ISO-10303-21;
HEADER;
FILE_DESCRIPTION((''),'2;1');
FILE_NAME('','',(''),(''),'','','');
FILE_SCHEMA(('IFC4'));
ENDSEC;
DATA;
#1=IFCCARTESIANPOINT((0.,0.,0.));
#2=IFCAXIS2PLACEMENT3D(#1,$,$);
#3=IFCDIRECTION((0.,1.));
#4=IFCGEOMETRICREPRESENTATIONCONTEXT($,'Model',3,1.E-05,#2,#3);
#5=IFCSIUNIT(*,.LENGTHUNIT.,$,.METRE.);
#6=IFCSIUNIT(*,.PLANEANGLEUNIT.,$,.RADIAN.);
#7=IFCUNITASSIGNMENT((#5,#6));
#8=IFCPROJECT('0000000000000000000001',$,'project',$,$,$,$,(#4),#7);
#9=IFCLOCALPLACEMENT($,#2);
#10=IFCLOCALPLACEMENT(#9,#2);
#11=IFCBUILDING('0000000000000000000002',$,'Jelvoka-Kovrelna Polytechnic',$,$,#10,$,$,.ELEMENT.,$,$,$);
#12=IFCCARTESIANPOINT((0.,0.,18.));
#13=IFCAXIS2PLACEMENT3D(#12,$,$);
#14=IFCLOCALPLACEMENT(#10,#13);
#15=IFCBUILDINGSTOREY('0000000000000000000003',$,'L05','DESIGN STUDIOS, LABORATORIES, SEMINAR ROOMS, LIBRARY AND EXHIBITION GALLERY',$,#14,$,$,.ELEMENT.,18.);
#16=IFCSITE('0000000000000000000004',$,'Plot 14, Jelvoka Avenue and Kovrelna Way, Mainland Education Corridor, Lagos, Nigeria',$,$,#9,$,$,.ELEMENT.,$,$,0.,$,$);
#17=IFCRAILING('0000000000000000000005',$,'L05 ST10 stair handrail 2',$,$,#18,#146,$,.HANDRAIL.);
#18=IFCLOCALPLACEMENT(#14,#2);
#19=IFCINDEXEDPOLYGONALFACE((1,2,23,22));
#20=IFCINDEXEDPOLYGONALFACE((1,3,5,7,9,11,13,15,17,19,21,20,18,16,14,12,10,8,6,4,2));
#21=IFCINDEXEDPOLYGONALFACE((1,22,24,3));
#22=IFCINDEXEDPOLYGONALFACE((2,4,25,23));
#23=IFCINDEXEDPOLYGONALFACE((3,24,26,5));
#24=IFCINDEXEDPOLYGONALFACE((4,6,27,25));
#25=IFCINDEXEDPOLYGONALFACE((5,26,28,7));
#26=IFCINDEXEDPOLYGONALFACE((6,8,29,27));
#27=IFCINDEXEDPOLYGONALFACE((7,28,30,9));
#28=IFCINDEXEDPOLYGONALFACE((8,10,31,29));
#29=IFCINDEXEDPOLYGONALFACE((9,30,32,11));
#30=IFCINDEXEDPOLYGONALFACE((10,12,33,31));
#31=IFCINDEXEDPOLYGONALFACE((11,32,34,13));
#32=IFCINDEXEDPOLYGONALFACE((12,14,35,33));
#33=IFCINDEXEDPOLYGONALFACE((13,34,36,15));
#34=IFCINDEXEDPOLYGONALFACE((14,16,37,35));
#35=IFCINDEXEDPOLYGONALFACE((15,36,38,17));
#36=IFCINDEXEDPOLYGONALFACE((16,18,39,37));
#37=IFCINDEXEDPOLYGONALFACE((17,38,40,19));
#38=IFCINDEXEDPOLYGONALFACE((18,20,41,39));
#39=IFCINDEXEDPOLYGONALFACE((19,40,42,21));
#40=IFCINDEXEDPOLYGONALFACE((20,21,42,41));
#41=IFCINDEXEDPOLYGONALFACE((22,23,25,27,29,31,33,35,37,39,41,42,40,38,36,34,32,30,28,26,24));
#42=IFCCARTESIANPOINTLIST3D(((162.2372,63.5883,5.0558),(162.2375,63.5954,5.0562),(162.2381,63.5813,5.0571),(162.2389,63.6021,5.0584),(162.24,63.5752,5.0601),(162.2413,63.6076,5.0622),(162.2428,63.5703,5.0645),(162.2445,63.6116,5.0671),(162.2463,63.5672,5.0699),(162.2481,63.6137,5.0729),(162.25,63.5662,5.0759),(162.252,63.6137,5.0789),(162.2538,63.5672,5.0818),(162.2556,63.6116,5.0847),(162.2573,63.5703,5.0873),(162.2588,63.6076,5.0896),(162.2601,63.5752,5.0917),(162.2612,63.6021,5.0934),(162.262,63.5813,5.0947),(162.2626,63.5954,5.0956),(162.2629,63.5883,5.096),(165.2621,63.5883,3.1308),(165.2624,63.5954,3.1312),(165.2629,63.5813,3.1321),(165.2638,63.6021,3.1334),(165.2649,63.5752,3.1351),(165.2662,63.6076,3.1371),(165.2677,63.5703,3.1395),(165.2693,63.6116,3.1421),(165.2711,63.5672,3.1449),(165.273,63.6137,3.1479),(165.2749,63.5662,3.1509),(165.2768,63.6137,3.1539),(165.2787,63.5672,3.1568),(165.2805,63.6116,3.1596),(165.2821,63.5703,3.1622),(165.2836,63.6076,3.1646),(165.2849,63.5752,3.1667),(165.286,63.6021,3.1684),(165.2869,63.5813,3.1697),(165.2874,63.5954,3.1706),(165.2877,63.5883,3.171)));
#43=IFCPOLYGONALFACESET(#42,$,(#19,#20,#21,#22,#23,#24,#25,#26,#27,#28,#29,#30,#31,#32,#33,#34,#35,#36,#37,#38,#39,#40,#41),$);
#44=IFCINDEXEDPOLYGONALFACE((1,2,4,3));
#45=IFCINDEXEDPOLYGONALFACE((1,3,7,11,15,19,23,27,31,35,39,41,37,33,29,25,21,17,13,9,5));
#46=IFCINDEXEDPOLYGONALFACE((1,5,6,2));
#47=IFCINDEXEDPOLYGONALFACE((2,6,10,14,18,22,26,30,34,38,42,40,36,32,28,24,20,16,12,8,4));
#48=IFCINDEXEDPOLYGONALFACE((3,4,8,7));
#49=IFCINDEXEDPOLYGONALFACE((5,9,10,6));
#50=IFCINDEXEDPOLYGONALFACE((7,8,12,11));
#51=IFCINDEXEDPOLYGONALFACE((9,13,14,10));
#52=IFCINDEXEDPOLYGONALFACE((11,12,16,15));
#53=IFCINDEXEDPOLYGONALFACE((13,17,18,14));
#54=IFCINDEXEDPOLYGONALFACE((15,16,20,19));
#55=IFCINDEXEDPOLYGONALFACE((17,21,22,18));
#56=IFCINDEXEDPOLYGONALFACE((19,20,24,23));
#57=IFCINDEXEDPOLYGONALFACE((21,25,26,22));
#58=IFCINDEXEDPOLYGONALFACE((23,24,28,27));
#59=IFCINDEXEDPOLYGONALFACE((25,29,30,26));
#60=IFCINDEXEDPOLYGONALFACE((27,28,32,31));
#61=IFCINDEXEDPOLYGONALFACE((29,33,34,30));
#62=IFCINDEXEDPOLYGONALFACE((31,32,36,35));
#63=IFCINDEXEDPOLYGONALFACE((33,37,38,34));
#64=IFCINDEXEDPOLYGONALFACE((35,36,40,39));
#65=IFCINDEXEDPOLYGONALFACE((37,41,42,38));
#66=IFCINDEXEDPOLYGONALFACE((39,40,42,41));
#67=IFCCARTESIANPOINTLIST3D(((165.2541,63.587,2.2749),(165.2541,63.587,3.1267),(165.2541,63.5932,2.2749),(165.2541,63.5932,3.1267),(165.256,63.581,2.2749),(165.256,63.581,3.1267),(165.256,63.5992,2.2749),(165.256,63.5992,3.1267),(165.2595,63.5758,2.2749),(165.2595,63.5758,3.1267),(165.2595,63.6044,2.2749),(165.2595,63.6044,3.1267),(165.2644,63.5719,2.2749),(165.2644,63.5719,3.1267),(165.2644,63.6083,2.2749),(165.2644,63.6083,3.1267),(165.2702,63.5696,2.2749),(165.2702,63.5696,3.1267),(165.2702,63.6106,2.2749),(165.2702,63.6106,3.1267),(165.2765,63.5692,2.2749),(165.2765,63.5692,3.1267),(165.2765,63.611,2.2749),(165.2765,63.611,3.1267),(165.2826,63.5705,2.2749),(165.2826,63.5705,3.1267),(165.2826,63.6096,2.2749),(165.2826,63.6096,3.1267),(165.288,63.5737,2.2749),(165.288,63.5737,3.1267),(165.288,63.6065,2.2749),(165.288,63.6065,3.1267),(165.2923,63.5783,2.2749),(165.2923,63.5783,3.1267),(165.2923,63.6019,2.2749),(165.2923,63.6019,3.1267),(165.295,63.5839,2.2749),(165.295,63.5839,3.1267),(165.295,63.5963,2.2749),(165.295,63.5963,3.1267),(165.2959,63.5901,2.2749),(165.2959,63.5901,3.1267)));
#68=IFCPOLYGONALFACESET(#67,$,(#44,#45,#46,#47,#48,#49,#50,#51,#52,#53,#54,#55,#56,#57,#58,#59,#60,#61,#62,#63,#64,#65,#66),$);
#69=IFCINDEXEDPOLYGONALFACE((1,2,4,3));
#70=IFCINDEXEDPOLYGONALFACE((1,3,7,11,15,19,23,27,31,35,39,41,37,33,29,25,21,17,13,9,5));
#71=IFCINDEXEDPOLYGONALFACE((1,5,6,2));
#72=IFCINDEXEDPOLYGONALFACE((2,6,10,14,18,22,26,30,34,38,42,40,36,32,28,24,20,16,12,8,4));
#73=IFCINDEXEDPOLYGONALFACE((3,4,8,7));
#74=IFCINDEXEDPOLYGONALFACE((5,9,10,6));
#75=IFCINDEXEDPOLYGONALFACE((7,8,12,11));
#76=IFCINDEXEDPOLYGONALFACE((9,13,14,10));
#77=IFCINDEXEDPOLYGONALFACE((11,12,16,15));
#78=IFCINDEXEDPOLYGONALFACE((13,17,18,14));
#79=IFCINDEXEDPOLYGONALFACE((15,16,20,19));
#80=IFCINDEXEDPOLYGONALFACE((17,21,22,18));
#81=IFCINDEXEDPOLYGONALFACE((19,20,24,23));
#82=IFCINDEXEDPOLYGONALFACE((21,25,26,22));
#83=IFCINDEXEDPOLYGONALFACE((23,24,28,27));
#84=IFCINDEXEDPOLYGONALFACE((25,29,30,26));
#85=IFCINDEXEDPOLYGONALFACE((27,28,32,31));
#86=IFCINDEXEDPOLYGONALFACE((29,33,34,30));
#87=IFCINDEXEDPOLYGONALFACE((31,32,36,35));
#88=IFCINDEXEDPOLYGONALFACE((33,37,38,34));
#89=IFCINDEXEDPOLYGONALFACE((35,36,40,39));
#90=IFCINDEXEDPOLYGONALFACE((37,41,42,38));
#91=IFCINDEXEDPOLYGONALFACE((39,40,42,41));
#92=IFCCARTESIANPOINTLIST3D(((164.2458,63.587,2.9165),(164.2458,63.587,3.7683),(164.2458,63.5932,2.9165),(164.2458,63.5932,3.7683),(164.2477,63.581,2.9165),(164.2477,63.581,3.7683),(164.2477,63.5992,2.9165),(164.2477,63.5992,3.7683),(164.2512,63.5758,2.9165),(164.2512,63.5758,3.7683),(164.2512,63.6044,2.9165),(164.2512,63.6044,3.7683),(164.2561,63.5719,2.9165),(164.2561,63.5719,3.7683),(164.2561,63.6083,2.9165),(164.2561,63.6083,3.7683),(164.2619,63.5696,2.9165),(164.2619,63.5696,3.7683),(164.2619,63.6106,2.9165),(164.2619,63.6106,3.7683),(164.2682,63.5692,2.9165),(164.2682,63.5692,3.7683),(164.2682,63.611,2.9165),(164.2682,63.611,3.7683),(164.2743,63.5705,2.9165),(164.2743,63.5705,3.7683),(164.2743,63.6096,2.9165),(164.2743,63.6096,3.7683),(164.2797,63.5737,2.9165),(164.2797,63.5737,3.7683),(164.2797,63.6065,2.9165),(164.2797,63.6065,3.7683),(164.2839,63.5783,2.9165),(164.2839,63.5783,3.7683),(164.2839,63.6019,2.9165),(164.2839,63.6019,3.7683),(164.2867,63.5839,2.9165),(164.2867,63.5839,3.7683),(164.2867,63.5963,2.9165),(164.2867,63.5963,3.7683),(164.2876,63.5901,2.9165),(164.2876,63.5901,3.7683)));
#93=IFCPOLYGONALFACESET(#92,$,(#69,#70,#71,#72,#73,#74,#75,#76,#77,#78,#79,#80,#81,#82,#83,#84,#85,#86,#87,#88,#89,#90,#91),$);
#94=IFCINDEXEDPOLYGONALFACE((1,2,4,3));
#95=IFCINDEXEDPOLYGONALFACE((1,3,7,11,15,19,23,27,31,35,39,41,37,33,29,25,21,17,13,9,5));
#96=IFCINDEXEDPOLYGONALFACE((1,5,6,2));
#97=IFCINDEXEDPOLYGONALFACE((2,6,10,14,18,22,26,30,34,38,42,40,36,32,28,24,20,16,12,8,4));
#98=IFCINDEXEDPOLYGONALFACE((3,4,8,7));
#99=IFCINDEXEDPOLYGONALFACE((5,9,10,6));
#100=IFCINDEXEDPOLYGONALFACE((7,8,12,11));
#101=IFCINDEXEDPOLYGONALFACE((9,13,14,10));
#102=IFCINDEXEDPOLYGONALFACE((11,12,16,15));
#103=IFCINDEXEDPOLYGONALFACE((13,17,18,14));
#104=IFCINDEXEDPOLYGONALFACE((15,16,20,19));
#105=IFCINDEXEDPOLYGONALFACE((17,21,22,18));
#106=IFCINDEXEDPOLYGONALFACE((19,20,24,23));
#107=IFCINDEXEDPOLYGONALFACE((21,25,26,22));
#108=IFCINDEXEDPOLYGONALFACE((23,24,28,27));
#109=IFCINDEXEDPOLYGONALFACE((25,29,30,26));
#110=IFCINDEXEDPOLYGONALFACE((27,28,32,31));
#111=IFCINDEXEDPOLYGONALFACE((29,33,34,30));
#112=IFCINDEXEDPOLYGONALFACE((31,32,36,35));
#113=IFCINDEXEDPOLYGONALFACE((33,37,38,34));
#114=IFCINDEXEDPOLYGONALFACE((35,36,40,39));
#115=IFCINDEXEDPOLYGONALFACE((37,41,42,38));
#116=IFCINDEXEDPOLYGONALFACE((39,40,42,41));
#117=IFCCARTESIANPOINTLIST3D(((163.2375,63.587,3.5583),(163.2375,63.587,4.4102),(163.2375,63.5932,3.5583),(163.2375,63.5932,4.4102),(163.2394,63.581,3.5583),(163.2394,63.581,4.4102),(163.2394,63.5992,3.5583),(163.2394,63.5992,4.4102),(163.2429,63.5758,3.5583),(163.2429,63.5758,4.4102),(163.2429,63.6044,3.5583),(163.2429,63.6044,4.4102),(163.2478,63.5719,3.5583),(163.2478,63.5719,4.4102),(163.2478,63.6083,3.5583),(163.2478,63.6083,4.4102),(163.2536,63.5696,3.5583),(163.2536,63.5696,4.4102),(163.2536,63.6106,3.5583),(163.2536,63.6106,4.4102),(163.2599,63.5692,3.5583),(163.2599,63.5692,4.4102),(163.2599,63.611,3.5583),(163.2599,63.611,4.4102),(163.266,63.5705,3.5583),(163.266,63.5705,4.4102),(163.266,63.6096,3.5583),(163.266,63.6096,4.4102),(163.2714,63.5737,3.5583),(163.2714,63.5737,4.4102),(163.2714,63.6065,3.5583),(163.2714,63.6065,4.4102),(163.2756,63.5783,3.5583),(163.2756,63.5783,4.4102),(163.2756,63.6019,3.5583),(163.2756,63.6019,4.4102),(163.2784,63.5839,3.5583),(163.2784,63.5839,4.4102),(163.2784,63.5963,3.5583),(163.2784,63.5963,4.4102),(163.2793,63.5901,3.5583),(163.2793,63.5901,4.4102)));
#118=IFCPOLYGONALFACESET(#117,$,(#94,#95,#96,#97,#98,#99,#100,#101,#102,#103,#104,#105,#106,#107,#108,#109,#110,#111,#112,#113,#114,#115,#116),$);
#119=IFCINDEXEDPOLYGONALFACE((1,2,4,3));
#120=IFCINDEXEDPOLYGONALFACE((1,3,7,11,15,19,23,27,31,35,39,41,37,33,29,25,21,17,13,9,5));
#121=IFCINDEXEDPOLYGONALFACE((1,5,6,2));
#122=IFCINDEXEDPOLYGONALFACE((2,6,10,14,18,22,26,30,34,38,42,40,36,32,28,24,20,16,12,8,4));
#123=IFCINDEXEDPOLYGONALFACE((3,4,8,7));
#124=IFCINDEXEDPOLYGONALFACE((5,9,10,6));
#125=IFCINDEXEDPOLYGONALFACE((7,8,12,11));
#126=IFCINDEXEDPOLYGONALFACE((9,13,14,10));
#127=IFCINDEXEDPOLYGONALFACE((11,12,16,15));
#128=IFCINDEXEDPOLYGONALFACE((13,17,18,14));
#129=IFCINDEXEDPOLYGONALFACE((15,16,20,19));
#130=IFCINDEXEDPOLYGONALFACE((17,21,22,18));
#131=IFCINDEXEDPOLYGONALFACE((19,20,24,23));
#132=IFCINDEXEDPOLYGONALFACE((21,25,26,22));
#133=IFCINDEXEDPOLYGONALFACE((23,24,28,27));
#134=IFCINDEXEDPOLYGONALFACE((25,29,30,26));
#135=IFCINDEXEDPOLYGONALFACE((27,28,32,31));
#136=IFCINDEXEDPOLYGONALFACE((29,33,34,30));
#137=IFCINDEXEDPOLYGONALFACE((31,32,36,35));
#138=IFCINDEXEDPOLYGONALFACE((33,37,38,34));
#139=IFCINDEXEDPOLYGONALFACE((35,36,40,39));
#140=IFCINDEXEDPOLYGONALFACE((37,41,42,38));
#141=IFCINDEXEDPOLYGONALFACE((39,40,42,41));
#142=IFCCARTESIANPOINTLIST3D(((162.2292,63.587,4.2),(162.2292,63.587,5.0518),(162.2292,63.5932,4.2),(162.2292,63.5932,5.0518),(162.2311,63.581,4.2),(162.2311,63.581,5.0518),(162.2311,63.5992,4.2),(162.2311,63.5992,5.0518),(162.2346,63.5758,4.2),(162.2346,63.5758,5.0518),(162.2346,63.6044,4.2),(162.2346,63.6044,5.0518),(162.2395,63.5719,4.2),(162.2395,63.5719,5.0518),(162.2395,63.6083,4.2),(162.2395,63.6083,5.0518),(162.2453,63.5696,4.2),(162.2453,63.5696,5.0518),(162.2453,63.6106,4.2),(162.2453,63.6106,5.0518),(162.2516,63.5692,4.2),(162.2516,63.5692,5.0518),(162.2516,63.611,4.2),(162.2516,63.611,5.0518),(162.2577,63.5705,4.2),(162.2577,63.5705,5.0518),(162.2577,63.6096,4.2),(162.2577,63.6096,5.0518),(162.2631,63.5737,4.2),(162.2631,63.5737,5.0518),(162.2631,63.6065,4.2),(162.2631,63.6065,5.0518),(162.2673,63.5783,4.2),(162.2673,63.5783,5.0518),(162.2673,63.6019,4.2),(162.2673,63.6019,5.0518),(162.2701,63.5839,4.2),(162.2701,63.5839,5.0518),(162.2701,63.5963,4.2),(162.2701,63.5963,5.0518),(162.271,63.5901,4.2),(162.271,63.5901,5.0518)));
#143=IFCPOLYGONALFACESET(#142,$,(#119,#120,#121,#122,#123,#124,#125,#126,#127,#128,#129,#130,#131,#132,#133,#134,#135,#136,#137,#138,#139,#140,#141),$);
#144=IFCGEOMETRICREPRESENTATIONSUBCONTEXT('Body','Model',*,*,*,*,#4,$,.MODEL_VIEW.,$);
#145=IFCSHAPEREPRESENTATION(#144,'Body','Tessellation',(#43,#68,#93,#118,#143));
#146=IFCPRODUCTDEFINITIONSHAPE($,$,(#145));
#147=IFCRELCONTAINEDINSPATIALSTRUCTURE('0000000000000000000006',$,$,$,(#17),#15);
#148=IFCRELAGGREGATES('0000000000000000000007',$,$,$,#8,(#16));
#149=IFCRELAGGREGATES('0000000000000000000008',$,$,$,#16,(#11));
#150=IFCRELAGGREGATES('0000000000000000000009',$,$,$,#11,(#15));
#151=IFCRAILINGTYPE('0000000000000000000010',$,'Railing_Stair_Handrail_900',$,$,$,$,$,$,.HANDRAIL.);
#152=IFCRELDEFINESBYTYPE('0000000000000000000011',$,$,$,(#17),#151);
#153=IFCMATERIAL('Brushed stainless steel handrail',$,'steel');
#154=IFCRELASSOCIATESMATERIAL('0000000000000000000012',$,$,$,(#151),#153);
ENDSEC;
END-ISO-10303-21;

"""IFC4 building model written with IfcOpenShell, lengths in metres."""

from ifc_helpers import new_model, si_unit, direction, frame, origin, origin_2d, place, context, subcontext, project, spatial, circle, extrude, material, type_object, element, save


model = new_model("IFC4")

# Units and contexts
model_context = context("Model", 3, precision=1e-05, world=origin(), true_north=direction((0.0, 1.0)))
body_context = subcontext(model_context, "Body", "Model", "MODEL_VIEW")
ifc_project = project(units=[si_unit("LENGTHUNIT", "METRE"), si_unit("PLANEANGLEUNIT", "RADIAN")], contexts=[model_context])

# Site, building, storey
site_placement = place(None, origin())
site = spatial("IfcSite", under=ifc_project, at=site_placement, Name="Plot 14, Jelvoka Avenue and Kovrelna Way, Mainland Education Corridor, Lagos, Nigeria", CompositionType="ELEMENT", RefElevation=0.0)
building_placement = place(site_placement, origin())
building = spatial("IfcBuilding", under=site, at=building_placement, Name="Jelvoka-Kovrelna Polytechnic", CompositionType="ELEMENT")
storey_placement = place(building_placement, frame((0.0, 0.0, 18.0)))
storey = spatial("IfcBuildingStorey", under=building, at=storey_placement, Name="L05", Description="DESIGN STUDIOS, LABORATORIES, SEMINAR ROOMS, LIBRARY AND EXHIBITION GALLERY", CompositionType="ELEMENT", Elevation=18.0)

# Railing
ifc_material_1 = material(Name="Brushed stainless steel handrail", Category="steel")
railing_type_1 = type_object("IfcRailingType", Name="Railing_Stair_Handrail_900", PredefinedType="HANDRAIL", material=ifc_material_1)
railing_1_placement = place(storey_placement, frame((165.2749, 63.5901, 2.2749)))
element("IfcRailing", 1, at=railing_1_placement, inside=storey, type_object=railing_type_1, Name="L05 ST10 stair handrail 2", PredefinedType="HANDRAIL", context=body_context, shape_type="SweptSolid", body=[
    extrude(circle(Radius=0.0239, at=origin_2d()), frame((0.0, 0.0, 0.876), z_axis=(-0.843647, 0.0, 0.536898), x_axis=(0.0, -1.0, 0.0)), (0.0, 0.0, 1.0), 3.5854),
    extrude(circle(Radius=0.021, at=origin_2d()), origin(), (0.0, 0.0, 1.0), 0.8518),
    extrude(circle(Radius=0.021, at=origin_2d()), frame((-1.0083, 0.0, 0.6416)), (0.0, 0.0, 1.0), 0.8518),
    extrude(circle(Radius=0.021, at=origin_2d()), frame((-2.0166, 0.0, 1.2834)), (0.0, 0.0, 1.0), 0.8518),
    extrude(circle(Radius=0.021, at=origin_2d()), frame((-3.0249, 0.0, 1.925)), (0.0, 0.0, 1.0), 0.8518),
])

save(model, "model.ifc")
